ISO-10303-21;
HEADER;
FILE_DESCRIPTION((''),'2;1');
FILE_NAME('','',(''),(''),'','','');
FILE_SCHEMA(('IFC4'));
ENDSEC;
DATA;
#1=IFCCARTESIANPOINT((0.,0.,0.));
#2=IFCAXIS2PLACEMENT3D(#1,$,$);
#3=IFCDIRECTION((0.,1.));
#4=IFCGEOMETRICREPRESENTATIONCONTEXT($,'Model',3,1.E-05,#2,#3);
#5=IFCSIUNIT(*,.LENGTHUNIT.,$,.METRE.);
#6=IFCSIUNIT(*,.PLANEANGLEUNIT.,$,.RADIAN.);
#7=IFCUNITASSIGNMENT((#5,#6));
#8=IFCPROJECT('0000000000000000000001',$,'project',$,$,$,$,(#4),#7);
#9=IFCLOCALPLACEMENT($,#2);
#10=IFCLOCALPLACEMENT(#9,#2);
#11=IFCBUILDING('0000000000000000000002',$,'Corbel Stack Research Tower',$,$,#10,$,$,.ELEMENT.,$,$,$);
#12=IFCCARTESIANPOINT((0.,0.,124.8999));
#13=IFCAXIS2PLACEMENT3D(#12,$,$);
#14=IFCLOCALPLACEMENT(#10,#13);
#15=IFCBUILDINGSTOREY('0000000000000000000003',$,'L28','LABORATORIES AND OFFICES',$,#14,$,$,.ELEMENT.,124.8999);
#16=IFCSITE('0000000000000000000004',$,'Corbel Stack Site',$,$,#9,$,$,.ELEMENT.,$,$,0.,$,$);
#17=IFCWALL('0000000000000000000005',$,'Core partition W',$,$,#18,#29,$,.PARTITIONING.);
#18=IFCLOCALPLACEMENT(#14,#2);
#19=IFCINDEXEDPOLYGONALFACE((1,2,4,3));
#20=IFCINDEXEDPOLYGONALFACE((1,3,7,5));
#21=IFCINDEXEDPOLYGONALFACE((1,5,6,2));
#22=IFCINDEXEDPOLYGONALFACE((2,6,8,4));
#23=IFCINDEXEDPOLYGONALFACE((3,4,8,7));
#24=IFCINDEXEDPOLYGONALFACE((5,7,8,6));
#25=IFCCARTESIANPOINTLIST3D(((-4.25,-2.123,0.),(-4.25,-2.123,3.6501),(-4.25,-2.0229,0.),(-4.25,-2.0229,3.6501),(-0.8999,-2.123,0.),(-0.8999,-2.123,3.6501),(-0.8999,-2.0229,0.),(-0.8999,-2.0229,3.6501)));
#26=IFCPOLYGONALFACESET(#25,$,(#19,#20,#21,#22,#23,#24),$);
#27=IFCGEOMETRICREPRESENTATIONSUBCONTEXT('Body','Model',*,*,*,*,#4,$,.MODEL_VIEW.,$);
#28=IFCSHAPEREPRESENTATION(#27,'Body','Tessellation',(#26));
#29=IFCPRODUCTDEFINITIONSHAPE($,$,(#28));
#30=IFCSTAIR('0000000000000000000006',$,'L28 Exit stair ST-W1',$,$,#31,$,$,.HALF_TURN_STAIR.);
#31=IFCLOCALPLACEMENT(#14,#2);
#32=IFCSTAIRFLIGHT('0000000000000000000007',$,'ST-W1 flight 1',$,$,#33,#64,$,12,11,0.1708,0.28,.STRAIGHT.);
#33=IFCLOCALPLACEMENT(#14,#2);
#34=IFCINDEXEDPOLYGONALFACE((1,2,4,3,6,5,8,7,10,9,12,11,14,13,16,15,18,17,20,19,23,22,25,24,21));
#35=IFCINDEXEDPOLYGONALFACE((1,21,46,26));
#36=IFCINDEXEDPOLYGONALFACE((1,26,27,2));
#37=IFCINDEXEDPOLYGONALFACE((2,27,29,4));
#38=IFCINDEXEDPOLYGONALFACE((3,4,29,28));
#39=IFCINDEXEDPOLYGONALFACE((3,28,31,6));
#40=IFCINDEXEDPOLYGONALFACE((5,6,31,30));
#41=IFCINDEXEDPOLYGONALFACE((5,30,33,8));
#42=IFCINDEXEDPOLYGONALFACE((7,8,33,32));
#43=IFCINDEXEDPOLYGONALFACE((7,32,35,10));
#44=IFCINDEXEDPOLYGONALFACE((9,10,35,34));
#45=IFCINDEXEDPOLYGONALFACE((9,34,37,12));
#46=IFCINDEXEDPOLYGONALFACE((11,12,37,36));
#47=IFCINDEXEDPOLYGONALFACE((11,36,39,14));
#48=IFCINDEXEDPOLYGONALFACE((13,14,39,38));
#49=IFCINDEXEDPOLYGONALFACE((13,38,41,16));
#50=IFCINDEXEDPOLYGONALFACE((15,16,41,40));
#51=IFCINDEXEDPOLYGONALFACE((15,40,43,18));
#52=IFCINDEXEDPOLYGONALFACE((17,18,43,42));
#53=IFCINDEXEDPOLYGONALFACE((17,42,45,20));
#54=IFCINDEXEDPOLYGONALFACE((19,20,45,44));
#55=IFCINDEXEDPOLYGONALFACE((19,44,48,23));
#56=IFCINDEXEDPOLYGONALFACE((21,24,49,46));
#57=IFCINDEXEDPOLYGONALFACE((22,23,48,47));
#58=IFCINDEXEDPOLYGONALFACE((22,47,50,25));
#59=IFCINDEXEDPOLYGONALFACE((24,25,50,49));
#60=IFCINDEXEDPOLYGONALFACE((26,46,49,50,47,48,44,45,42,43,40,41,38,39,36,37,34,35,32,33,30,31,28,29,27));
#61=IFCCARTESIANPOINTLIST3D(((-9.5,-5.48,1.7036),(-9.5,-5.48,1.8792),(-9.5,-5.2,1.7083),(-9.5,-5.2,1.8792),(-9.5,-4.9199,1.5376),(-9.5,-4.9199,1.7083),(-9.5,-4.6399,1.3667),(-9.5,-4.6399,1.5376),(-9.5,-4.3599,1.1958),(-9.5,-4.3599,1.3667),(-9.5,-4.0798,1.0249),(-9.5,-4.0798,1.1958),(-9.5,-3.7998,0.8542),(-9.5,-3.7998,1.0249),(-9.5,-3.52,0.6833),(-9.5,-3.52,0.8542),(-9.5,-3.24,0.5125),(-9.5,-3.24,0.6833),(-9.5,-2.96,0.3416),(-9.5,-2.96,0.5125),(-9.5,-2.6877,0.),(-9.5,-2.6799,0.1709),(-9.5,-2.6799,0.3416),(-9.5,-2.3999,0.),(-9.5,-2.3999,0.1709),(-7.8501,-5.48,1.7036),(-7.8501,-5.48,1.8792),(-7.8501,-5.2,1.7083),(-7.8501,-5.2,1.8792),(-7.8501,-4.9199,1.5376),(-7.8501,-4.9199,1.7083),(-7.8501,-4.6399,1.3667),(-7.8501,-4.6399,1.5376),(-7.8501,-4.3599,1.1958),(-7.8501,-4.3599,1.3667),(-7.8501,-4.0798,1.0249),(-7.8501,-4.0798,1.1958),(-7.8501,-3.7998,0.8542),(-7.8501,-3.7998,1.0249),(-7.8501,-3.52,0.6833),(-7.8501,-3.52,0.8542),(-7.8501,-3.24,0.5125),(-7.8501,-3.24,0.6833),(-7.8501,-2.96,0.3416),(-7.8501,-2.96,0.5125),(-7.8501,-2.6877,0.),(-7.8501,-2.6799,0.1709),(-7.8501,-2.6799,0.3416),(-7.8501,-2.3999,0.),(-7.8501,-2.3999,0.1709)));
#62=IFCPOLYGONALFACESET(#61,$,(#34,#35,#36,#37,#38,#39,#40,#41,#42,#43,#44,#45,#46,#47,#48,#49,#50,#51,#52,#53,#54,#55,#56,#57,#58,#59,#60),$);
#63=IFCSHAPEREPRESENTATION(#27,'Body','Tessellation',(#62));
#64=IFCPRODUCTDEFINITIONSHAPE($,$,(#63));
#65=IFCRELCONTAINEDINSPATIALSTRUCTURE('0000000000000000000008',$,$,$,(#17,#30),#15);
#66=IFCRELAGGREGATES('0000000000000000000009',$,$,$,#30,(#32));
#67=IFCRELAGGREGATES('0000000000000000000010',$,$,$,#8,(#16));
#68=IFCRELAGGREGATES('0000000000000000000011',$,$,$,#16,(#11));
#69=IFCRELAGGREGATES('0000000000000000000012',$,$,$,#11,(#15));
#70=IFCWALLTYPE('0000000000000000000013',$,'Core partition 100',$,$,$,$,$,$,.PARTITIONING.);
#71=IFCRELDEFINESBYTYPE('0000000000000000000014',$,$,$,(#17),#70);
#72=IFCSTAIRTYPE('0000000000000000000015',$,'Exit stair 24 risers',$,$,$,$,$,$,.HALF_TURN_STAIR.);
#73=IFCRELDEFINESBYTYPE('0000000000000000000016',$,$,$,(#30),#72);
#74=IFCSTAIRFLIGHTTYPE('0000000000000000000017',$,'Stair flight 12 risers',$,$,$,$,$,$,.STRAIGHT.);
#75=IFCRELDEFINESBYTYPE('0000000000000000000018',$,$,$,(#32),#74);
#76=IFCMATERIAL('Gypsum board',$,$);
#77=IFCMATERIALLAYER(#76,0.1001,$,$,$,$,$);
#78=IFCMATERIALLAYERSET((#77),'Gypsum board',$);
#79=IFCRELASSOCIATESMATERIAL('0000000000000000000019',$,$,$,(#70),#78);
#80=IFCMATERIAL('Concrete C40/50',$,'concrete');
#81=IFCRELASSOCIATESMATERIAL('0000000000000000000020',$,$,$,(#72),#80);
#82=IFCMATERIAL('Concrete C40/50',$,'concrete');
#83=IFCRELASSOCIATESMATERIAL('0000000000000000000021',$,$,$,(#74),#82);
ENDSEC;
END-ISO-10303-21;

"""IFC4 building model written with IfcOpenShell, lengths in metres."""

from ifc_helpers import new_model, si_unit, direction, frame, frame_2d, origin, place, context, subcontext, project, spatial, polyline, rectangle, outline, extrude, material, layer, layer_set, type_object, element, aggregate, save


model = new_model("IFC4")

# Units and contexts
model_context = context("Model", 3, precision=1e-05, world=origin(), true_north=direction((0.0, 1.0)))
body_context = subcontext(model_context, "Body", "Model", "MODEL_VIEW")
ifc_project = project(units=[si_unit("LENGTHUNIT", "METRE"), si_unit("PLANEANGLEUNIT", "RADIAN")], contexts=[model_context])

# Site, building, storey
site_placement = place(None, origin())
site = spatial("IfcSite", under=ifc_project, at=site_placement, Name="Corbel Stack Site", CompositionType="ELEMENT", RefElevation=0.0)
building_placement = place(site_placement, origin())
building = spatial("IfcBuilding", under=site, at=building_placement, Name="Corbel Stack Research Tower", CompositionType="ELEMENT")
storey_placement = place(building_placement, frame((0.0, 0.0, 124.8999)))
storey = spatial("IfcBuildingStorey", under=building, at=storey_placement, Name="L28", Description="LABORATORIES AND OFFICES", CompositionType="ELEMENT", Elevation=124.8999)

# Shared definitions
ifc_material_1 = material(Name="Gypsum board")
ifc_layer_1 = layer(ifc_material_1, 0.1001)
ifc_layer_set_1 = layer_set([ifc_layer_1], Name="Gypsum board")
wall_type_1 = type_object("IfcWallType", Name="Core partition 100", PredefinedType="PARTITIONING", material=ifc_layer_set_1)

# Wall
wall_1_placement = place(storey_placement, frame((-4.25, -2.073, 0.0), z_axis=(0.0, 0.0, 1.0), x_axis=(1.0, 0.0, 0.0)))
element("IfcWall", 1, at=wall_1_placement, inside=storey, type_object=wall_type_1, Name="Core partition W", PredefinedType="PARTITIONING", context=body_context, shape_type="SweptSolid", body=[
    extrude(rectangle(XDim=3.3501, YDim=0.1001, at=frame_2d((1.675, 0.0))), origin(), (0.0, 0.0, 1.0), 3.6501),
])

# Stair, stair flight
ifc_material_2 = material(Name="Concrete C40/50", Category="concrete")
stair_type = type_object("IfcStairType", Name="Exit stair 24 risers", PredefinedType="HALF_TURN_STAIR", material=ifc_material_2)
stair_placement = place(storey_placement, origin())
stair = element("IfcStair", 2, at=stair_placement, inside=storey, type_object=stair_type, Name="L28 Exit stair ST-W1", PredefinedType="HALF_TURN_STAIR")
ifc_material_3 = material(Name="Concrete C40/50", Category="concrete")
stair_flight_type = type_object("IfcStairFlightType", Name="Stair flight 12 risers", PredefinedType="STRAIGHT", material=ifc_material_3)
stair_flight_placement = place(storey_placement, frame((-8.675, -2.3999, 0.0), z_axis=(0.0, 0.0, 1.0), x_axis=(0.0, -1.0, 0.0)))
stair_flight = element("IfcStairFlight", 3, at=stair_flight_placement, type_object=stair_flight_type, Name="ST-W1 flight 1", NumberOfRisers=12, NumberOfTreads=11, PredefinedType="STRAIGHT", RiserHeight=0.1708, TreadLength=0.28, context=body_context, shape_type="SweptSolid", body=[
    extrude(outline(polyline([(0.0, 0.0), (0.0, 0.1709), (0.28, 0.1709), (0.28, 0.3416), (0.5601, 0.3416), (0.5601, 0.5125), (0.8401, 0.5125), (0.8401, 0.6833), (1.1201, 0.6833), (1.1201, 0.8542), (1.3999, 0.8542), (1.3999, 1.0249), (1.6799, 1.0249), (1.6799, 1.1958), (1.96, 1.1958), (1.96, 1.3667), (2.24, 1.3667), (2.24, 1.5376), (2.52, 1.5376), (2.52, 1.7083), (2.8, 1.7083), (2.8, 1.8792), (3.0801, 1.8792), (3.0801, 2.05), (3.0801, 1.7036), (0.2878, 0.0), (0.0, 0.0)])), frame((0.0, 0.825, 0.0), z_axis=(0.0, -1.0, 0.0), x_axis=(1.0, 0.0, 0.0)), (0.0, 0.0, 1.0), 1.6499),
])
aggregate(stair, [stair_flight])

save(model, "model.ifc")
